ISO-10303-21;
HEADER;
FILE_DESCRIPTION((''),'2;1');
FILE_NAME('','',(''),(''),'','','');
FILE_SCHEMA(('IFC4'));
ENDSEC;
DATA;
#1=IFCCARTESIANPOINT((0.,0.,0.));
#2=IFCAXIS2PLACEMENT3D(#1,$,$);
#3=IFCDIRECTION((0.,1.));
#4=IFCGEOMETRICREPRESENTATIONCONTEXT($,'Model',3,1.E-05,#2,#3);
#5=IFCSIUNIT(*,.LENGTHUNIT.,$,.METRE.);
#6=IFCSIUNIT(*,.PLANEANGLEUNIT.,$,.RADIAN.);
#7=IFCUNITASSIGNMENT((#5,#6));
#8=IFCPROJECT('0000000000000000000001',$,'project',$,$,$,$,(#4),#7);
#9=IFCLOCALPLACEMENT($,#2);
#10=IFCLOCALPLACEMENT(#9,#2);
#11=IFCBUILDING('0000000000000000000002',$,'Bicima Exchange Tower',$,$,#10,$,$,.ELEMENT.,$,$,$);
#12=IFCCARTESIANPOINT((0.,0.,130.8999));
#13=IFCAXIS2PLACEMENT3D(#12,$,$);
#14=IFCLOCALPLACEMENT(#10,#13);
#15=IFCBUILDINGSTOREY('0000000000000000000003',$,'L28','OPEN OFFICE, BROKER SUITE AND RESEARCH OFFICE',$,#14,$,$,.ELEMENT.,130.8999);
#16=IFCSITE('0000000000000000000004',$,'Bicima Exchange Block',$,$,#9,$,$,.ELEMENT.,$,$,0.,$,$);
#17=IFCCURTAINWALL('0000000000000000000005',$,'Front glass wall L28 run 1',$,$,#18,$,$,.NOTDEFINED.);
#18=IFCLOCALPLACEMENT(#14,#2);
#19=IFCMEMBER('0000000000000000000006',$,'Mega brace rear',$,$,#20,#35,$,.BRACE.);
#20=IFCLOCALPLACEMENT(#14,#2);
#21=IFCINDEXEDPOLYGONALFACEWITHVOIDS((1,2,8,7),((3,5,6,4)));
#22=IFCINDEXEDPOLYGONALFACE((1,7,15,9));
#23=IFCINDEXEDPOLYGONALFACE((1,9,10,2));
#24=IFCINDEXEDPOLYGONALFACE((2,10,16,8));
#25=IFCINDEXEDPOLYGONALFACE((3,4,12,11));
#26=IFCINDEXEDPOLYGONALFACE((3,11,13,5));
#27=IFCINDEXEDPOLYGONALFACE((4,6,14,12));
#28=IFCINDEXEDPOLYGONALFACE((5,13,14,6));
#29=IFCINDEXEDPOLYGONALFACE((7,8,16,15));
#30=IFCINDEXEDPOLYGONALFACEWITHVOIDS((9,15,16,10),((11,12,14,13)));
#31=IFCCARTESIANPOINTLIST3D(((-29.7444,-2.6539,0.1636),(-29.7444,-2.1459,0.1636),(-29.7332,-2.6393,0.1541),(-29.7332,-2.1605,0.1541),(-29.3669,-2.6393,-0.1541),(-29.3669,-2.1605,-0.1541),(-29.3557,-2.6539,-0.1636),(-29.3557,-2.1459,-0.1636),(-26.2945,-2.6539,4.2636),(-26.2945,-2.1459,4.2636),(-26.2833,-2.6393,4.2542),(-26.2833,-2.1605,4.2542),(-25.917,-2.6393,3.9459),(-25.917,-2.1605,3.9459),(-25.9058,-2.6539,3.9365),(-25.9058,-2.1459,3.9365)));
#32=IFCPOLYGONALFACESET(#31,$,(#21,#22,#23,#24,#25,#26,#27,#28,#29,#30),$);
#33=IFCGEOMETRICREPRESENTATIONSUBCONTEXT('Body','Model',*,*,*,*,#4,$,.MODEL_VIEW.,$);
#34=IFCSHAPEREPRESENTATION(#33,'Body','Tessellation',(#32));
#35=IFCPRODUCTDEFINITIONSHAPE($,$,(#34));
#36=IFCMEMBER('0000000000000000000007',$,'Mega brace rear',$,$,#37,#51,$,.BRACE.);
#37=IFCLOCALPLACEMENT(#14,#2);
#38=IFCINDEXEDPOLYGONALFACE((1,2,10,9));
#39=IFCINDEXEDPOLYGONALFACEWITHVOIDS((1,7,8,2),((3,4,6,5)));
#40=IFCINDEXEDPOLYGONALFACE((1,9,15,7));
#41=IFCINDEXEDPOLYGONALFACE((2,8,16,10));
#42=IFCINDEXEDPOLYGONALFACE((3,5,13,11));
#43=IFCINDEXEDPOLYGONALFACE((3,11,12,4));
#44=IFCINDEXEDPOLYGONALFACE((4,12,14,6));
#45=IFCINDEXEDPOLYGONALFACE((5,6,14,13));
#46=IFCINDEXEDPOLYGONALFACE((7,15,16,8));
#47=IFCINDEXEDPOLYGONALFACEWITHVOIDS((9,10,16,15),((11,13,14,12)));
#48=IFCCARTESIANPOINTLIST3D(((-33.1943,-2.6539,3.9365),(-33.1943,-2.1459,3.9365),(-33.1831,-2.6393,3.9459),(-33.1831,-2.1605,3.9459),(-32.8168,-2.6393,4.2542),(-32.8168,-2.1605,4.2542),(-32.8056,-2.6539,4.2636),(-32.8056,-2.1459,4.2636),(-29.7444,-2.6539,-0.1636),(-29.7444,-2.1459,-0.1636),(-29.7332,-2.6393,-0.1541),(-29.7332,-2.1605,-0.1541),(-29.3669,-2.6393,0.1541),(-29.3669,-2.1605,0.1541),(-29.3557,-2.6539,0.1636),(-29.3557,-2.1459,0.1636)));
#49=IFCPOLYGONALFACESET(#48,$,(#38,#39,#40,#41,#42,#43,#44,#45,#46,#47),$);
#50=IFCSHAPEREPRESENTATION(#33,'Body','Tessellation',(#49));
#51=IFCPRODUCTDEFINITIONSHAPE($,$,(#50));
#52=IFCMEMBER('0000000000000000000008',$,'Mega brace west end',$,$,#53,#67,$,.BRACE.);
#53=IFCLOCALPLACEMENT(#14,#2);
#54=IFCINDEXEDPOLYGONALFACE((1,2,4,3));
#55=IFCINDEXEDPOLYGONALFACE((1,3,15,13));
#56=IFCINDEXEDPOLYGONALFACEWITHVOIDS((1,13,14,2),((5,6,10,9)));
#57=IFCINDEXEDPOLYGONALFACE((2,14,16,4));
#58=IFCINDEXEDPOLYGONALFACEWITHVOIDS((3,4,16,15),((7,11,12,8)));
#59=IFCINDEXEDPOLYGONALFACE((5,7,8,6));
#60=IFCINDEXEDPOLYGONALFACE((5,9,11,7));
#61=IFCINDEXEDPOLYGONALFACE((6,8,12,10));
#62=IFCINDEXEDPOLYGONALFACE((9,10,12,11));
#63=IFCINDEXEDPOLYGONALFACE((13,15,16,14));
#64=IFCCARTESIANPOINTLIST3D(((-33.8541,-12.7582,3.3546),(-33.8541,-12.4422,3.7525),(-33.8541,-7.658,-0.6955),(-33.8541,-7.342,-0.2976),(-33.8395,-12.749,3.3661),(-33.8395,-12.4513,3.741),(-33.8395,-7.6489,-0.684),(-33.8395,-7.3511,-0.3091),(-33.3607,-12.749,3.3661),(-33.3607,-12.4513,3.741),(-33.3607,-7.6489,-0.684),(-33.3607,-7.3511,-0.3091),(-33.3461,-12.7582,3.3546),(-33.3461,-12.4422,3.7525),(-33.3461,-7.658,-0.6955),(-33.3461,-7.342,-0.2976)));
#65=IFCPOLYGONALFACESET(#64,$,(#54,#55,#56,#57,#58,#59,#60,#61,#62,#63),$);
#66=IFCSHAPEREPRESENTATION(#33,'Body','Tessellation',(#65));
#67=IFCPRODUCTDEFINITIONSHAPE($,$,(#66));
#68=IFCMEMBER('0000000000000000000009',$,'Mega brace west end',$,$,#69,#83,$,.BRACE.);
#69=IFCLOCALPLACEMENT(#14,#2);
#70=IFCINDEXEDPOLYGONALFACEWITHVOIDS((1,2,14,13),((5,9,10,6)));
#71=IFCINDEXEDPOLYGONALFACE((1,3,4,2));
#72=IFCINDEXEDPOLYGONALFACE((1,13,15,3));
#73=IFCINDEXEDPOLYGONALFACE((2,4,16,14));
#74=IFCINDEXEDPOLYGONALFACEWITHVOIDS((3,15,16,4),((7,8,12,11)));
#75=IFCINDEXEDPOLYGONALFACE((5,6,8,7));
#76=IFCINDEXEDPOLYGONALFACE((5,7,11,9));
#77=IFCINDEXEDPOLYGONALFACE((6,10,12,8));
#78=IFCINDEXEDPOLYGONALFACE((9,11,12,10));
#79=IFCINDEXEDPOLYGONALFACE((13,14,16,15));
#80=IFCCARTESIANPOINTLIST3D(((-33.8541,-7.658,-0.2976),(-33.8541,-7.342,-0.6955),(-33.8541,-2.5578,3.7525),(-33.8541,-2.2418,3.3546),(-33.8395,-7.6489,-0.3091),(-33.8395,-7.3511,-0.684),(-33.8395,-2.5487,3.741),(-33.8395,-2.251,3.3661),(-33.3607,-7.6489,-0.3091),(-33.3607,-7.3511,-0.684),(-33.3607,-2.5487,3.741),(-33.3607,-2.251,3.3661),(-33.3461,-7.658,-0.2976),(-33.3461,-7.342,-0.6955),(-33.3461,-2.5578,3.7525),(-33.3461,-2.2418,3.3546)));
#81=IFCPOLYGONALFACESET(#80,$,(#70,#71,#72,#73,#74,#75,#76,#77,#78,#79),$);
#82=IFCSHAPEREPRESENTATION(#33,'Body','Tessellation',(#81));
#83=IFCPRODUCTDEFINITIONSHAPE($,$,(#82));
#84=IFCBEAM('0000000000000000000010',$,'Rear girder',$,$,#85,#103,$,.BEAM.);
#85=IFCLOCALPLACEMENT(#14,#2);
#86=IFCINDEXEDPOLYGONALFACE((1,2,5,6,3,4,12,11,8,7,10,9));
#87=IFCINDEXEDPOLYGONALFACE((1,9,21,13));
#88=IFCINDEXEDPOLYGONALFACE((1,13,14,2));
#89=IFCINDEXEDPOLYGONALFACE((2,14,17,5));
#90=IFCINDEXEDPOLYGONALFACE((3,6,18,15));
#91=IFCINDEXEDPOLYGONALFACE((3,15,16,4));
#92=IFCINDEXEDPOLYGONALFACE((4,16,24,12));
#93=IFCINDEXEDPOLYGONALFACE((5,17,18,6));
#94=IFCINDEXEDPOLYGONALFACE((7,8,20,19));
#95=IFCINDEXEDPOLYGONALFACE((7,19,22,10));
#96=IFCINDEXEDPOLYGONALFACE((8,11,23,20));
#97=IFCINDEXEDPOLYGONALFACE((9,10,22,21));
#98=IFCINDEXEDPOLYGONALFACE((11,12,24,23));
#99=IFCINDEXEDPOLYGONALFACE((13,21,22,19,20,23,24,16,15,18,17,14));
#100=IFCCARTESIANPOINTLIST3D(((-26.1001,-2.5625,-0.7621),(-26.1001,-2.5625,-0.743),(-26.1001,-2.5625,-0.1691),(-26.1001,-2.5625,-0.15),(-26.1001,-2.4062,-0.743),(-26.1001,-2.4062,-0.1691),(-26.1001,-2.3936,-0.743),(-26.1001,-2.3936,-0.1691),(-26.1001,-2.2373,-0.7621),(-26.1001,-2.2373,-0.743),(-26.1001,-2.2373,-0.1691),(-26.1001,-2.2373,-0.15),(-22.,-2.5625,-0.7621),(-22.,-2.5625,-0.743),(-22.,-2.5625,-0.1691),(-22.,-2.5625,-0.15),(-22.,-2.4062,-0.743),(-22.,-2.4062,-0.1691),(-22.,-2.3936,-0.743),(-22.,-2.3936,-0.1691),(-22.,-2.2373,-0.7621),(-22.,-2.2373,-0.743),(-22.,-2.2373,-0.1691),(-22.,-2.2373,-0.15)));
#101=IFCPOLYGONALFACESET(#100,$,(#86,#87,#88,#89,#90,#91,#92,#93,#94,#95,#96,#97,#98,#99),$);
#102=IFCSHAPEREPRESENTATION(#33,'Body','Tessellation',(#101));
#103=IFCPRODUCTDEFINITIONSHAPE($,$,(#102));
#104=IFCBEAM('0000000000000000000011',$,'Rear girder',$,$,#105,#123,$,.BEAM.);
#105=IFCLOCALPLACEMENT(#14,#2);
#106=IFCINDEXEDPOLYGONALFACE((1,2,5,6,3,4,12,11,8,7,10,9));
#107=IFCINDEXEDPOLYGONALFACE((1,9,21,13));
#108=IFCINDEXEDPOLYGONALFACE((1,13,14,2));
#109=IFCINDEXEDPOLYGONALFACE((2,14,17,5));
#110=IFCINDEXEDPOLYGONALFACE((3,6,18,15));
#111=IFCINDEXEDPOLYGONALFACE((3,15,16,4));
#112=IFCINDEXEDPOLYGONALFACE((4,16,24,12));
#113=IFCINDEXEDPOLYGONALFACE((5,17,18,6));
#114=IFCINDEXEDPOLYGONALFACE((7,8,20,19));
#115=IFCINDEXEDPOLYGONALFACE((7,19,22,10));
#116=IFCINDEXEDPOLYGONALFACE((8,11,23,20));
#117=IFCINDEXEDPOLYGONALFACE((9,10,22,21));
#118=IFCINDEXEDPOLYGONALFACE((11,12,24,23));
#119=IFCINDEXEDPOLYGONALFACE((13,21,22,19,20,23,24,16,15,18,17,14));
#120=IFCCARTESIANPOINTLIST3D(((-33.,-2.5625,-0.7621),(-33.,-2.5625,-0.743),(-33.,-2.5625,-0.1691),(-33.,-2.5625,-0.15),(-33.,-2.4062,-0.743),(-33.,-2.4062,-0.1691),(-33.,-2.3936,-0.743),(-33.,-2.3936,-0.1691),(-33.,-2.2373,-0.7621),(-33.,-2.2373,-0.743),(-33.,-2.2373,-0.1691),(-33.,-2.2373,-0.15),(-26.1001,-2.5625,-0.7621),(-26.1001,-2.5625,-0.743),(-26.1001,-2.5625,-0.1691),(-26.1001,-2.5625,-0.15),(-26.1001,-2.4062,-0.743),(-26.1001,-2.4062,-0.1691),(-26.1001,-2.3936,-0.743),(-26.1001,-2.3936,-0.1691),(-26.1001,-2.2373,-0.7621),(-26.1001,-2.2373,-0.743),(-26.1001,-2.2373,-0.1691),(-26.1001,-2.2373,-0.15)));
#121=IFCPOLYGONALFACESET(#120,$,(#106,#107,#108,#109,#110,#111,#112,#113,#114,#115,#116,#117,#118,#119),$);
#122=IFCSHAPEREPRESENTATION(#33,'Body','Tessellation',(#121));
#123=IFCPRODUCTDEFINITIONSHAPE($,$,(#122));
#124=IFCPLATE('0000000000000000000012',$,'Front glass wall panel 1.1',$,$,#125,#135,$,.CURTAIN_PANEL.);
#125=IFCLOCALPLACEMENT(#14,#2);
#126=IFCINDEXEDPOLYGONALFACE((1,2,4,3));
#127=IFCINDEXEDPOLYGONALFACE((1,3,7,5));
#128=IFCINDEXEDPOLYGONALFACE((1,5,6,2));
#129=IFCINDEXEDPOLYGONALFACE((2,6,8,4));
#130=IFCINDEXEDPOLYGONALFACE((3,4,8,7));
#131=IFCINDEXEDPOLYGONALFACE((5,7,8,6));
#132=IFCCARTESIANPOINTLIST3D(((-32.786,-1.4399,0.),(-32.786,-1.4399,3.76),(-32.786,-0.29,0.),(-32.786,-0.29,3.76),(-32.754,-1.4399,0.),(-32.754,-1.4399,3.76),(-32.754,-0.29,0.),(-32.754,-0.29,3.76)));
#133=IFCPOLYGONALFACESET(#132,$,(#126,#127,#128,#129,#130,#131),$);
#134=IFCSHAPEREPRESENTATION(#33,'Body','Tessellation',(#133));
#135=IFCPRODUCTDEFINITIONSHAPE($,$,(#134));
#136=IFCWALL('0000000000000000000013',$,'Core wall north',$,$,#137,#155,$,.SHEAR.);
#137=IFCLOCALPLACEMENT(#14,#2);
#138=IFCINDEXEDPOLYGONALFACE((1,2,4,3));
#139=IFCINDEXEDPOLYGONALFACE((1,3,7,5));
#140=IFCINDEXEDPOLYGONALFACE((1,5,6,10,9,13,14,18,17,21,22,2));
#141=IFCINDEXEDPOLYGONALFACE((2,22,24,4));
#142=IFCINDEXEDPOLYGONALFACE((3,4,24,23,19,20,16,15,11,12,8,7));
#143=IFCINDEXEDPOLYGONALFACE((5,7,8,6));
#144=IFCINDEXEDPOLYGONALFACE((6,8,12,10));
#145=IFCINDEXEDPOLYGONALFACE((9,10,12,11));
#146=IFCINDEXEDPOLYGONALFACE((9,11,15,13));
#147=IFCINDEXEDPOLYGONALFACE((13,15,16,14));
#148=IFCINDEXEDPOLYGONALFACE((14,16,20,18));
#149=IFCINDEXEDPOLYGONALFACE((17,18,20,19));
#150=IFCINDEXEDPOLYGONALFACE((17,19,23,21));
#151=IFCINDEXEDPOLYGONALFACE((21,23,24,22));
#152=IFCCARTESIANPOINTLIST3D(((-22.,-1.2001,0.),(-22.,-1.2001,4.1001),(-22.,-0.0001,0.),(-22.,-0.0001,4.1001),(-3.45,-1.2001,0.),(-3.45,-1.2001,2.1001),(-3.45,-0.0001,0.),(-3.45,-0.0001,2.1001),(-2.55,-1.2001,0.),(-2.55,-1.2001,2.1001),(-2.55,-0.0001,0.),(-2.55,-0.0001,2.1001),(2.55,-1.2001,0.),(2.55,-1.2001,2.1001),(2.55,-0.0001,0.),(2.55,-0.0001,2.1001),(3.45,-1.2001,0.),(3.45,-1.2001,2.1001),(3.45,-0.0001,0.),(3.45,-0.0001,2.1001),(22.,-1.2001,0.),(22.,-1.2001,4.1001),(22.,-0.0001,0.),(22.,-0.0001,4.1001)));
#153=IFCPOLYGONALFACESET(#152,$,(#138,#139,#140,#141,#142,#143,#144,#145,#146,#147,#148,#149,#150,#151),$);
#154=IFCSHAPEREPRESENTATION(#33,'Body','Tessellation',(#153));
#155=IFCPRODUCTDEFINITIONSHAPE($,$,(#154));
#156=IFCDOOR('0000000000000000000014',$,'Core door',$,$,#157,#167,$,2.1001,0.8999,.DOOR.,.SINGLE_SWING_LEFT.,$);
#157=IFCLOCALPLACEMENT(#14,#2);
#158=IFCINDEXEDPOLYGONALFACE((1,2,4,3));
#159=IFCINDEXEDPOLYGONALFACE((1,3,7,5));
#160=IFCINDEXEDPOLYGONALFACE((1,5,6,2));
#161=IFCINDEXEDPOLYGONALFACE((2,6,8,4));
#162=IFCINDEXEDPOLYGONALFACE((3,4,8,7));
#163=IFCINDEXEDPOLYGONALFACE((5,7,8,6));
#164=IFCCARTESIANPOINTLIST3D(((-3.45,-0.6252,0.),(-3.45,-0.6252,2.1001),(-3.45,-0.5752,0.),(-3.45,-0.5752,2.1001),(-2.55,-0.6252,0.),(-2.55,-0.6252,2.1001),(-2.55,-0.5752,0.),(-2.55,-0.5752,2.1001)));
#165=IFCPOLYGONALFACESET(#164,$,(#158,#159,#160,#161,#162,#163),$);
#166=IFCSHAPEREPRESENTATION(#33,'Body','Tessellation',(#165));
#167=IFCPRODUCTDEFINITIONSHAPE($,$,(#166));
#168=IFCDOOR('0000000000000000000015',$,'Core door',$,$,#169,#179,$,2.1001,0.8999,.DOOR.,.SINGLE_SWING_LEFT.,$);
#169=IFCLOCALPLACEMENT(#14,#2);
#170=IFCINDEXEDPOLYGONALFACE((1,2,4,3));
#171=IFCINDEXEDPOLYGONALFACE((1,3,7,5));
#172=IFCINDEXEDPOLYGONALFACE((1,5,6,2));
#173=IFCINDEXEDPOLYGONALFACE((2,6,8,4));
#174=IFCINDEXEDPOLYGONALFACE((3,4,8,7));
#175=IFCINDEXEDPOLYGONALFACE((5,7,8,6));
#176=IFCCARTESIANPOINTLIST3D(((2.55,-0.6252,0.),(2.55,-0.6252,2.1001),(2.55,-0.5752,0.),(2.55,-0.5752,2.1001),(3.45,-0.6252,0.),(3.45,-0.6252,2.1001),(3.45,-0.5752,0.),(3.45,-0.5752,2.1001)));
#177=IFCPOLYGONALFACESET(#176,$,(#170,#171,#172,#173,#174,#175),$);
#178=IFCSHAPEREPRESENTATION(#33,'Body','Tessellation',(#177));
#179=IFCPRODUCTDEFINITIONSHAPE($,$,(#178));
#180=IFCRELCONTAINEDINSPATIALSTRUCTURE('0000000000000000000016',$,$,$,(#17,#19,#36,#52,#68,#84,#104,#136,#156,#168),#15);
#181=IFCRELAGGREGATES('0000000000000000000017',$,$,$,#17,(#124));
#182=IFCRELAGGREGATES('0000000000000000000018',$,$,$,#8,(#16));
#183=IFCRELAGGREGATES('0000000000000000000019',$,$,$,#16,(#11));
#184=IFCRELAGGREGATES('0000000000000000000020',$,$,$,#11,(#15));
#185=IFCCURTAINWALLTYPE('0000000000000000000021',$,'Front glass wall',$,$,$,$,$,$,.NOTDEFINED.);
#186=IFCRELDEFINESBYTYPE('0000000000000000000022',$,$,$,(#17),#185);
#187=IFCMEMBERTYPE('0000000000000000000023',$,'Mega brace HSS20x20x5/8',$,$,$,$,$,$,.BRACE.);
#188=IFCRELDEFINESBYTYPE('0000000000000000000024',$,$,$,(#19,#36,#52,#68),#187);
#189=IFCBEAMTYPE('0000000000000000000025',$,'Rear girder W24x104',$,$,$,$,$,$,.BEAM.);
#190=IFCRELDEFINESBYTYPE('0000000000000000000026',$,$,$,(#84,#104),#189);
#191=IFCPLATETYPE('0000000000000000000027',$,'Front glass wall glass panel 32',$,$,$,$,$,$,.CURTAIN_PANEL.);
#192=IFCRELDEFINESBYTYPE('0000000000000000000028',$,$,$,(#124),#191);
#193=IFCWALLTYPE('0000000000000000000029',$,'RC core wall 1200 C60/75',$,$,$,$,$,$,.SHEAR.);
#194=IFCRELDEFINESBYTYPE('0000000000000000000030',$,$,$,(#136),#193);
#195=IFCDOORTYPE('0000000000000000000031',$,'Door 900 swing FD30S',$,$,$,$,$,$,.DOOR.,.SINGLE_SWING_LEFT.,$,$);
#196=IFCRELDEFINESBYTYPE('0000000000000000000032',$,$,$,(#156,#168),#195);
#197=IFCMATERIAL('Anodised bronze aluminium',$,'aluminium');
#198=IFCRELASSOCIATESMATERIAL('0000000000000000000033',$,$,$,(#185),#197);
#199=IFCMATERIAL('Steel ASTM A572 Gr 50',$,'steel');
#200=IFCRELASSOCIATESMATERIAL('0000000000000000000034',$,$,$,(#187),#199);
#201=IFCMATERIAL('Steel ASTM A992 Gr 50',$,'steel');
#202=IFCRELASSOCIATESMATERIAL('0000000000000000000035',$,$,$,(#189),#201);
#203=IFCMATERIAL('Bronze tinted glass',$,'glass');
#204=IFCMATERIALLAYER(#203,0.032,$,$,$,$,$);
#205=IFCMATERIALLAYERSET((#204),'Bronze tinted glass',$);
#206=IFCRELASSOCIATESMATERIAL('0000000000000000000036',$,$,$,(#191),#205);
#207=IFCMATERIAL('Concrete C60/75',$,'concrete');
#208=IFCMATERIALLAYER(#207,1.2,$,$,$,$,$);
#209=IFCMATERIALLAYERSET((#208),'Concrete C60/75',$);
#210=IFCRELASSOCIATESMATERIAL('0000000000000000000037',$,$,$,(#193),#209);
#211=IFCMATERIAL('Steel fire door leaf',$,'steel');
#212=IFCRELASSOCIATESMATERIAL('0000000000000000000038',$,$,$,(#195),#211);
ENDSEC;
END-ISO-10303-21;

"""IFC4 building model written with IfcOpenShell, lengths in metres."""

from ifc_helpers import new_model, si_unit, direction, frame, frame_2d, origin, origin_2d, place, context, subcontext, project, spatial, rectangle, hollow_rectangle, i_section, extrude, material, layer, layer_set, material_profile, profile_set, type_object, element, fill, aggregate, save


model = new_model("IFC4")

# Units and contexts
model_context = context("Model", 3, precision=1e-05, world=origin(), true_north=direction((0.0, 1.0)))
body_context = subcontext(model_context, "Body", "Model", "MODEL_VIEW")
ifc_project = project(units=[si_unit("LENGTHUNIT", "METRE"), si_unit("PLANEANGLEUNIT", "RADIAN")], contexts=[model_context])

# Site, building, storey
site_placement = place(None, origin())
site = spatial("IfcSite", under=ifc_project, at=site_placement, Name="Bicima Exchange Block", CompositionType="ELEMENT", RefElevation=0.0)
building_placement = place(site_placement, origin())
building = spatial("IfcBuilding", under=site, at=building_placement, Name="Bicima Exchange Tower", CompositionType="ELEMENT")
storey_placement = place(building_placement, frame((0.0, 0.0, 130.8999)))
storey = spatial("IfcBuildingStorey", under=building, at=storey_placement, Name="L28", Description="OPEN OFFICE, BROKER SUITE AND RESEARCH OFFICE", CompositionType="ELEMENT", Elevation=130.8999)

# Shared definitions
ifc_material_1 = material(Name="Steel ASTM A572 Gr 50", Category="steel")
ifc_material_2 = material(Name="Steel ASTM A992 Gr 50", Category="steel")

# Curtain wall
ifc_material_3 = material(Name="Anodised bronze aluminium", Category="aluminium")
curtain_wall_type = type_object("IfcCurtainWallType", Name="Front glass wall", PredefinedType="NOTDEFINED", material=ifc_material_3)
curtain_wall_placement = place(storey_placement, origin())
curtain_wall = element("IfcCurtainWall", 1, at=curtain_wall_placement, inside=storey, type_object=curtain_wall_type, Name="Front glass wall L28 run 1", PredefinedType="NOTDEFINED")

# Members
ifc_material_profile_1 = material_profile(ifc_material_1, hollow_rectangle(XDim=0.5081, YDim=0.5081, WallThickness=0.0146, at=origin_2d()))
ifc_profile_set_1 = profile_set([ifc_material_profile_1], Name="Steel ASTM A572 Gr 50")
member_type_1 = type_object("IfcMemberType", Name="Mega brace HSS20x20x5/8", PredefinedType="BRACE", material=ifc_profile_set_1)
for number, where, z_axis, x_axis, name in (
    (2, (-29.55, -2.3999, 0.0), (0.643834, 0.0, 0.765165), (0.0, 1.0, 0.0), "Mega brace rear"),
    (3, (-29.55, -2.3999, 0.0), (-0.643834, 0.0, 0.765165), (0.0, -1.0, 0.0), "Mega brace rear"),
):
    element("IfcMember", number, at=place(storey_placement, frame(where, z_axis=z_axis, x_axis=x_axis)), inside=storey, type_object=member_type_1, Name=name, PredefinedType="BRACE", context=body_context, shape_type="SweptSolid", body=[
        extrude(hollow_rectangle(XDim=0.5081, YDim=0.5081, WallThickness=0.0146, at=origin_2d()), origin(), (0.0, 0.0, 1.0), 5.3584),
    ])
for number, where, z_axis, x_axis, name in (
    (4, (-33.6001, -7.5, -0.4966), (0.0, -0.783113, 0.621879), (1.0, 0.0, 0.0), "Mega brace west end"),
    (5, (-33.6001, -7.5, -0.4966), (0.0, 0.783113, 0.621879), (-1.0, 0.0, 0.0), "Mega brace west end"),
):
    element("IfcMember", number, at=place(storey_placement, frame(where, z_axis=z_axis, x_axis=x_axis)), inside=storey, type_object=member_type_1, Name=name, PredefinedType="BRACE", context=body_context, shape_type="SweptSolid", body=[
        extrude(hollow_rectangle(XDim=0.5081, YDim=0.5081, WallThickness=0.0146, at=origin_2d()), origin(), (0.0, 0.0, 1.0), 6.5127),
    ])

# Beams
ifc_material_profile_2 = material_profile(ifc_material_2, i_section(OverallWidth=0.3252, OverallDepth=0.6121, WebThickness=0.0127, FlangeThickness=0.019, at=origin_2d()))
ifc_profile_set_2 = profile_set([ifc_material_profile_2], Name="Steel ASTM A992 Gr 50")
beam_type_1 = type_object("IfcBeamType", Name="Rear girder W24x104", PredefinedType="BEAM", material=ifc_profile_set_2)
beam_1_placement = place(storey_placement, frame((-22.0, -2.3999, -0.4561), z_axis=(-1.0, 0.0, 0.0), x_axis=(0.0, -1.0, 0.0)))
element("IfcBeam", 6, at=beam_1_placement, inside=storey, type_object=beam_type_1, Name="Rear girder", PredefinedType="BEAM", context=body_context, shape_type="SweptSolid", body=[
    extrude(i_section(OverallWidth=0.3252, OverallDepth=0.6121, WebThickness=0.0127, FlangeThickness=0.019, at=origin_2d()), origin(), (0.0, 0.0, 1.0), 4.1001),
])
beam_2_placement = place(storey_placement, frame((-26.1001, -2.3999, -0.4561), z_axis=(-1.0, 0.0, 0.0), x_axis=(0.0, -1.0, 0.0)))
element("IfcBeam", 7, at=beam_2_placement, inside=storey, type_object=beam_type_1, Name="Rear girder", PredefinedType="BEAM", context=body_context, shape_type="SweptSolid", body=[
    extrude(i_section(OverallWidth=0.3252, OverallDepth=0.6121, WebThickness=0.0127, FlangeThickness=0.019, at=origin_2d()), origin(), (0.0, 0.0, 1.0), 6.8999),
])

# Plate
ifc_material_4 = material(Name="Bronze tinted glass", Category="glass")
ifc_layer_1 = layer(ifc_material_4, 0.032)
ifc_layer_set_1 = layer_set([ifc_layer_1], Name="Bronze tinted glass")
plate_type = type_object("IfcPlateType", Name="Front glass wall glass panel 32", PredefinedType="CURTAIN_PANEL", material=ifc_layer_set_1)
plate_placement = place(storey_placement, frame((-32.77, -0.865, 0.0), z_axis=(0.0, 0.0, 1.0), x_axis=(0.0, -1.0, 0.0)))
plate = element("IfcPlate", 8, at=plate_placement, type_object=plate_type, Name="Front glass wall panel 1.1", PredefinedType="CURTAIN_PANEL", context=body_context, shape_type="SweptSolid", body=[
    extrude(rectangle(XDim=1.1499, YDim=0.032, at=origin_2d()), origin(), (0.0, 0.0, 1.0), 3.76),
])
aggregate(curtain_wall, [plate])

# Wall, openings, doors
ifc_material_5 = material(Name="Concrete C60/75", Category="concrete")
ifc_layer_2 = layer(ifc_material_5, 1.2)
ifc_layer_set_2 = layer_set([ifc_layer_2], Name="Concrete C60/75")
wall_type_1 = type_object("IfcWallType", Name="RC core wall 1200 C60/75", PredefinedType="SHEAR", material=ifc_layer_set_2)
wall_1_placement = place(storey_placement, frame((-22.0, -0.6001, 0.0), z_axis=(0.0, 0.0, 1.0), x_axis=(1.0, 0.0, 0.0)))
wall_1 = element("IfcWall", 9, at=wall_1_placement, inside=storey, type_object=wall_type_1, Name="Core wall north", PredefinedType="SHEAR", context=body_context, shape_type="SweptSolid", body=[
    extrude(rectangle(XDim=44.0, YDim=1.2, at=frame_2d((22.0, 0.0))), origin(), (0.0, 0.0, 1.0), 4.1001),
])
opening_1_placement = place(wall_1_placement, frame((18.55, 0.0, 0.0)))
opening_1 = element("IfcOpeningElement", 10, at=opening_1_placement, cuts=wall_1, PredefinedType="OPENING", context=body_context, shape_type="SweptSolid", body=[
    extrude(rectangle(XDim=0.8999, YDim=2.1001, at=frame_2d((0.45, 1.05))), frame((0.0, 0.6118, 0.0), z_axis=(0.0, -1.0, 0.0), x_axis=(1.0, 0.0, 0.0)), (0.0, 0.0, 1.0), 1.2239),
])
opening_2_placement = place(wall_1_placement, frame((24.55, 0.0, 0.0)))
opening_2 = element("IfcOpeningElement", 11, at=opening_2_placement, cuts=wall_1, PredefinedType="OPENING", context=body_context, shape_type="SweptSolid", body=[
    extrude(rectangle(XDim=0.8999, YDim=2.1001, at=frame_2d((0.45, 1.05))), frame((0.0, 0.6118, 0.0), z_axis=(0.0, -1.0, 0.0), x_axis=(1.0, 0.0, 0.0)), (0.0, 0.0, 1.0), 1.2239),
])
ifc_material_6 = material(Name="Steel fire door leaf", Category="steel")
door_type = type_object("IfcDoorType", Name="Door 900 swing FD30S", OperationType="SINGLE_SWING_LEFT", PredefinedType="DOOR", material=ifc_material_6)
door_1_placement = place(opening_1_placement, origin())
door_1 = element("IfcDoor", 12, at=door_1_placement, inside=storey, type_object=door_type, Name="Core door", OperationType="SINGLE_SWING_LEFT", OverallHeight=2.1001, OverallWidth=0.8999, PredefinedType="DOOR", context=body_context, shape_type="SweptSolid", body=[
    extrude(rectangle(XDim=0.8999, YDim=2.1001, at=frame_2d((0.45, 1.05))), frame((0.0, 0.0249, 0.0), z_axis=(0.0, -1.0, 0.0), x_axis=(1.0, 0.0, 0.0)), (0.0, 0.0, 1.0), 0.05),
])
fill(opening_1, door_1)
door_2_placement = place(opening_2_placement, origin())
door_2 = element("IfcDoor", 13, at=door_2_placement, inside=storey, type_object=door_type, Name="Core door", OperationType="SINGLE_SWING_LEFT", OverallHeight=2.1001, OverallWidth=0.8999, PredefinedType="DOOR", context=body_context, shape_type="SweptSolid", body=[
    extrude(rectangle(XDim=0.8999, YDim=2.1001, at=frame_2d((0.45, 1.05))), frame((0.0, 0.0249, 0.0), z_axis=(0.0, -1.0, 0.0), x_axis=(1.0, 0.0, 0.0)), (0.0, 0.0, 1.0), 0.05),
])
fill(opening_2, door_2)

save(model, "model.ifc")
